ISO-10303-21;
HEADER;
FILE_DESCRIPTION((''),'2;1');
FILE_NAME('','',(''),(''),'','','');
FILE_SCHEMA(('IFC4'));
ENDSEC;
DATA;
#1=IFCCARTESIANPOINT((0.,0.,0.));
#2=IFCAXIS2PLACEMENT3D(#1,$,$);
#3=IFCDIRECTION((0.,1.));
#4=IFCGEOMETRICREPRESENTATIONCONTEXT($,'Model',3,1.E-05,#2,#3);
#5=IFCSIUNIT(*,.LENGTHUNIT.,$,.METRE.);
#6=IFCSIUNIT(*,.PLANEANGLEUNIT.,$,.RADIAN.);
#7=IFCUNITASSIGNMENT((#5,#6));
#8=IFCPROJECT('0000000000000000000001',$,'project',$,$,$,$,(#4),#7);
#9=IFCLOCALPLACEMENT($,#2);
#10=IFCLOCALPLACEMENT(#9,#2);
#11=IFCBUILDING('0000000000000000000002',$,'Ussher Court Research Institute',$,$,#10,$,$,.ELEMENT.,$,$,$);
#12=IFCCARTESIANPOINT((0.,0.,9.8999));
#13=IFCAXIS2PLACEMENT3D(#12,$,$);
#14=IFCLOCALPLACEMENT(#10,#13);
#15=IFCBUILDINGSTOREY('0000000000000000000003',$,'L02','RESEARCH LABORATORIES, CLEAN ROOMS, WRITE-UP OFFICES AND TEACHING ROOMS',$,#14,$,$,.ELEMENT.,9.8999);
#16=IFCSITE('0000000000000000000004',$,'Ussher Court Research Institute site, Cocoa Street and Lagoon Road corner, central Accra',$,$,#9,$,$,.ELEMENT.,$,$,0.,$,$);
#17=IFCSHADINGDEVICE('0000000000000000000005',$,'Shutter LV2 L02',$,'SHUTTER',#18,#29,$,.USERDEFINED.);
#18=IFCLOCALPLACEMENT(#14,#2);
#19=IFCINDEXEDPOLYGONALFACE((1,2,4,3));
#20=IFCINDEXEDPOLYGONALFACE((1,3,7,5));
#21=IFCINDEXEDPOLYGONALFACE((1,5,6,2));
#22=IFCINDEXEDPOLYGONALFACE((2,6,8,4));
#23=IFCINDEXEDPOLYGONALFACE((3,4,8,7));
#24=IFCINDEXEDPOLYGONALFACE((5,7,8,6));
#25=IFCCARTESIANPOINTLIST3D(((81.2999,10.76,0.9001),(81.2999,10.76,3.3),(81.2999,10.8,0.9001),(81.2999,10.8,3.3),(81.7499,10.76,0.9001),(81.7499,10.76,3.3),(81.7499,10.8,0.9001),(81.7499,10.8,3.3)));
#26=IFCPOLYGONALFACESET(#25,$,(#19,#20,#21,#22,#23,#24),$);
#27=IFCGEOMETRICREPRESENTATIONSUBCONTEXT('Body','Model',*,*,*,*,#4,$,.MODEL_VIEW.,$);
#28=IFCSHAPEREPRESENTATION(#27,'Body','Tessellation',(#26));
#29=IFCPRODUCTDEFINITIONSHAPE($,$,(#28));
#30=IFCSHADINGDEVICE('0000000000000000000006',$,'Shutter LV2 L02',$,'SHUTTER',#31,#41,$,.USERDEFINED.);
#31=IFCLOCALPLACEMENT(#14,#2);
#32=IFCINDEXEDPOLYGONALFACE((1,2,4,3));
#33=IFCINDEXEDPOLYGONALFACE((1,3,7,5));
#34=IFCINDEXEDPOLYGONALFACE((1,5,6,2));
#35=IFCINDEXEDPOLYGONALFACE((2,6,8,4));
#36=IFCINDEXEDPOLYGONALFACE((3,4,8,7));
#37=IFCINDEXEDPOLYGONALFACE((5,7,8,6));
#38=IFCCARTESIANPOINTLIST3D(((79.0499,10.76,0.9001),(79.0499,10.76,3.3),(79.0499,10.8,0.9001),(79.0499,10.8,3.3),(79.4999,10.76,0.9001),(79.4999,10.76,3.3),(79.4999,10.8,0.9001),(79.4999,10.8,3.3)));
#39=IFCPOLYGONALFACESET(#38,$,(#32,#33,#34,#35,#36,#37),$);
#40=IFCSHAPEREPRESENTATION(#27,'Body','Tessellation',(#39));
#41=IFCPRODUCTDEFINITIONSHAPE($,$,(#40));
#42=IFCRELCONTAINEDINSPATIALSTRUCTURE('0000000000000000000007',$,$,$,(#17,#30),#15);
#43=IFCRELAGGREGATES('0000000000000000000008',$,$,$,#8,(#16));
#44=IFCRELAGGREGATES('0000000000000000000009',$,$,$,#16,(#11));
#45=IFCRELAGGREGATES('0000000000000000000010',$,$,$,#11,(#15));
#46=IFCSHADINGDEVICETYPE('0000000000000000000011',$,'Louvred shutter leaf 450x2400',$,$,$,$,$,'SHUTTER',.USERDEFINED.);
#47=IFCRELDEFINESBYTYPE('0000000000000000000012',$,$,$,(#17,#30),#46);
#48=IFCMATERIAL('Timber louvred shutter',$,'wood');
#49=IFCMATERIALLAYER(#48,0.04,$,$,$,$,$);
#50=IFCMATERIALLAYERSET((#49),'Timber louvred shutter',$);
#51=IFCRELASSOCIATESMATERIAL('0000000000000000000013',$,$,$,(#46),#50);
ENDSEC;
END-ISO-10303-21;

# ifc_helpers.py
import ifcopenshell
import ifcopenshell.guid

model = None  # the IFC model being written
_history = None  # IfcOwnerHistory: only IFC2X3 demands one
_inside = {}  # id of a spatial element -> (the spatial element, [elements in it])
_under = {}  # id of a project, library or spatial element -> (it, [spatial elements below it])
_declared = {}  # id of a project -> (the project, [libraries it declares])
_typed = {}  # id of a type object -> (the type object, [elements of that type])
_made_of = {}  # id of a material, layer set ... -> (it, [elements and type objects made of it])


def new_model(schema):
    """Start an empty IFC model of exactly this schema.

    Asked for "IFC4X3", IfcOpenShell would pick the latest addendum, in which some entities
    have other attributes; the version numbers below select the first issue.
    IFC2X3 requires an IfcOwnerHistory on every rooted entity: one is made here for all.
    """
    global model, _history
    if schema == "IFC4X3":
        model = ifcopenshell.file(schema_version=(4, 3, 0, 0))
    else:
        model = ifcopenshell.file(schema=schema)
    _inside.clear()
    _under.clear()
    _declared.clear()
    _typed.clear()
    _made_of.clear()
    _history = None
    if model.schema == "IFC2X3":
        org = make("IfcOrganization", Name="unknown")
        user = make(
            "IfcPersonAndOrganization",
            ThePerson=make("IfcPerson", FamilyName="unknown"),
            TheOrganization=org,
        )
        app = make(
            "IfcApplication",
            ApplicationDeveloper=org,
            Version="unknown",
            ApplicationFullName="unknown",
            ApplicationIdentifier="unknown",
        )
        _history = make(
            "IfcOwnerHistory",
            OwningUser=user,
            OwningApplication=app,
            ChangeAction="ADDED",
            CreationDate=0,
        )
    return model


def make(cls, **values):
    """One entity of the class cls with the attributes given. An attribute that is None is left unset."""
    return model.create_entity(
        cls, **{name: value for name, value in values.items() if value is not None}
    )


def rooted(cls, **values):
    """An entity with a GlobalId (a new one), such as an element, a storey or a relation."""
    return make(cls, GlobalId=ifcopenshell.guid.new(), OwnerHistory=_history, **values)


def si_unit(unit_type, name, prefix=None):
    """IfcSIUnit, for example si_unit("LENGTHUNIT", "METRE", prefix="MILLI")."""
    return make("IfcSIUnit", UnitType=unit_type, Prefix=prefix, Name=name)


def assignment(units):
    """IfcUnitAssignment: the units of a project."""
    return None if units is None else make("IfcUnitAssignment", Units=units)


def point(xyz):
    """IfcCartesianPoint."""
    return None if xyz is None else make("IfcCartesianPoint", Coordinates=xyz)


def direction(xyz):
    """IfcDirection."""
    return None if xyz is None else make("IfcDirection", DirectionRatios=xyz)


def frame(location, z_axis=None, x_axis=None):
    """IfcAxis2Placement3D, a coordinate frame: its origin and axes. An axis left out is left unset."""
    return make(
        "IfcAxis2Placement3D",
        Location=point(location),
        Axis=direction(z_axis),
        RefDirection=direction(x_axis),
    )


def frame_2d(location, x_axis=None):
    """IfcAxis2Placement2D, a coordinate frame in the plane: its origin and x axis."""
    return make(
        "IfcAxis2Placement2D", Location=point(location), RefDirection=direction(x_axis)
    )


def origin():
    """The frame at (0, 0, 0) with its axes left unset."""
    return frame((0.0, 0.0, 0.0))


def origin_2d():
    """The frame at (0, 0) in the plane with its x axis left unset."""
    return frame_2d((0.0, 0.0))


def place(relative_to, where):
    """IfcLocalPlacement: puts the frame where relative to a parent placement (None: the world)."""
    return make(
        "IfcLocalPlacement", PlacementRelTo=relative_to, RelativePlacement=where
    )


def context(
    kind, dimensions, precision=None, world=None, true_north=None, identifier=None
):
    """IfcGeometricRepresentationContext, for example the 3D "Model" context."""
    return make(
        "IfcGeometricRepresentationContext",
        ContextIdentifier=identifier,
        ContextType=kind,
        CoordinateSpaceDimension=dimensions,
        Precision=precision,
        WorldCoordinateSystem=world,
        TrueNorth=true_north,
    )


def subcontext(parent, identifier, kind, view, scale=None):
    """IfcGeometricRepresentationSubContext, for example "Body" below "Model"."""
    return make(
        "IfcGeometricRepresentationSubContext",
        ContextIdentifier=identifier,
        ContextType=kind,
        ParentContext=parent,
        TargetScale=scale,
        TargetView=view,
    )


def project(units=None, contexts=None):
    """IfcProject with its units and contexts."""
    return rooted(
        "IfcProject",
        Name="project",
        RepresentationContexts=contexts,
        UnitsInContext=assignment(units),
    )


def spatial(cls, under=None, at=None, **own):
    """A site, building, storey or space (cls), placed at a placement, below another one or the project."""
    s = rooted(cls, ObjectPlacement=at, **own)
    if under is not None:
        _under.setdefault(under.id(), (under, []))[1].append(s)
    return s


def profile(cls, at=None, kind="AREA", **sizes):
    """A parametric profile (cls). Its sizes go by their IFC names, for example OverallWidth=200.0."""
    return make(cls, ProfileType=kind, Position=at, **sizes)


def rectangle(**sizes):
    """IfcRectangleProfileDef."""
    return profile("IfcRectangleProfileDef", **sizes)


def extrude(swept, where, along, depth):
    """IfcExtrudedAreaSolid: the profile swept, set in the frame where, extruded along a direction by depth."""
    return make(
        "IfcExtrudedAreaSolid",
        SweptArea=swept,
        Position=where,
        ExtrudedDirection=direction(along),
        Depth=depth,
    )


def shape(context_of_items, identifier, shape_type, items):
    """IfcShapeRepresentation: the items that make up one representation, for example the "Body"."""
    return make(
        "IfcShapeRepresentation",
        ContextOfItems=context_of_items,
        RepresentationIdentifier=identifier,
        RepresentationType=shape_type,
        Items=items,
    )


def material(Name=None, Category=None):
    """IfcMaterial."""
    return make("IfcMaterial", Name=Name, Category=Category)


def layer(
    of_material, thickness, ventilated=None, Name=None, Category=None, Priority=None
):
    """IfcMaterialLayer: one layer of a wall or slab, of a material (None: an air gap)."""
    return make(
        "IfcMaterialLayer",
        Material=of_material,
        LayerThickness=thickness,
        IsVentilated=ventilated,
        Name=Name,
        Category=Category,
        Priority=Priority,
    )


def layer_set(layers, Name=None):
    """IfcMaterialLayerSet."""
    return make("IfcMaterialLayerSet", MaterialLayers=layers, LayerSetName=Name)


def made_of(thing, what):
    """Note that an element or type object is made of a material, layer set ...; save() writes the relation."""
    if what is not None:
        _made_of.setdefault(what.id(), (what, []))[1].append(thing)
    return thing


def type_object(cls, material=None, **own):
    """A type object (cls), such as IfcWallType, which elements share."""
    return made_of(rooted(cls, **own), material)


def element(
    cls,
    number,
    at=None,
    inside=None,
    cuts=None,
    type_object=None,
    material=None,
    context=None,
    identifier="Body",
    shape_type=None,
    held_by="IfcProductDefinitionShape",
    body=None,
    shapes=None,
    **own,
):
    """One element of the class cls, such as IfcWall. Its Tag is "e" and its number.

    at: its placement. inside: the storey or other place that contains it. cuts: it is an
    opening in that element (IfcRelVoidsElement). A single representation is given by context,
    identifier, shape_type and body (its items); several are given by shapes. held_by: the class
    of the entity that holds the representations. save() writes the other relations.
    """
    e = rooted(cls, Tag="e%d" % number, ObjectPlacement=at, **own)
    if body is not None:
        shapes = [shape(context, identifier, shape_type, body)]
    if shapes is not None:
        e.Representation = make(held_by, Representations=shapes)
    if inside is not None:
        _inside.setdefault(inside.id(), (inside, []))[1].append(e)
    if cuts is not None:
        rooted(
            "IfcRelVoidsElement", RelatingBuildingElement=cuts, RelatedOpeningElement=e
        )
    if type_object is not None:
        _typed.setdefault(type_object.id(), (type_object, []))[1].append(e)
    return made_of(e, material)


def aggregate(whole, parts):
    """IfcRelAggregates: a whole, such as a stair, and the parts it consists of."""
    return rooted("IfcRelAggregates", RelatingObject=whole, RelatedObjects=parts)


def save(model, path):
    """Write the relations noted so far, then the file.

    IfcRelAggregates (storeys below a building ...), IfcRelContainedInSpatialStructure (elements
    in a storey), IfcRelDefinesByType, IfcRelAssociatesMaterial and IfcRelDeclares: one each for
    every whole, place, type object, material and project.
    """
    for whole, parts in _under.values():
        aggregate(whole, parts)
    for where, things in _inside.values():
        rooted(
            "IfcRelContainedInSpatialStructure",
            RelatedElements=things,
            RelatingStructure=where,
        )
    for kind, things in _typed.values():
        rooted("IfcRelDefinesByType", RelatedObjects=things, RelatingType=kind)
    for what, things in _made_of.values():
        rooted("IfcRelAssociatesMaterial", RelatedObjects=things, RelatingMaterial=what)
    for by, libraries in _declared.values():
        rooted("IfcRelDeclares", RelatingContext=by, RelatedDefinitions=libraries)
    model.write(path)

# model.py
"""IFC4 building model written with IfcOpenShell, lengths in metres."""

from ifc_helpers import new_model, si_unit, direction, frame, origin, origin_2d, place, context, subcontext, project, spatial, rectangle, extrude, material, layer, layer_set, type_object, element, save


model = new_model("IFC4")

# Units and contexts
model_context = context("Model", 3, precision=1e-05, world=origin(), true_north=direction((0.0, 1.0)))
body_context = subcontext(model_context, "Body", "Model", "MODEL_VIEW")
ifc_project = project(units=[si_unit("LENGTHUNIT", "METRE"), si_unit("PLANEANGLEUNIT", "RADIAN")], contexts=[model_context])

# Site, building, storey
site_placement = place(None, origin())
site = spatial("IfcSite", under=ifc_project, at=site_placement, Name="Ussher Court Research Institute site, Cocoa Street and Lagoon Road corner, central Accra", CompositionType="ELEMENT", RefElevation=0.0)
building_placement = place(site_placement, origin())
building = spatial("IfcBuilding", under=site, at=building_placement, Name="Ussher Court Research Institute", CompositionType="ELEMENT")
storey_placement = place(building_placement, frame((0.0, 0.0, 9.8999)))
storey = spatial("IfcBuildingStorey", under=building, at=storey_placement, Name="L02", Description="RESEARCH LABORATORIES, CLEAN ROOMS, WRITE-UP OFFICES AND TEACHING ROOMS", CompositionType="ELEMENT", Elevation=9.8999)

# Shading devices
ifc_material_1 = material(Name="Timber louvred shutter", Category="wood")
ifc_layer_1 = layer(ifc_material_1, 0.04)
ifc_layer_set_1 = layer_set([ifc_layer_1], Name="Timber louvred shutter")
shading_device_type_1 = type_object("IfcShadingDeviceType", Name="Louvred shutter leaf 450x2400", ElementType="SHUTTER", PredefinedType="USERDEFINED", material=ifc_layer_set_1)
for number, where, z_axis, x_axis, name in (
    (1, (81.5249, 10.78, 0.9001), (0.0, 0.0, 1.0), (-1.0, 0.0, 0.0), "Shutter LV2 L02"),
    (2, (79.2749, 10.78, 0.9001), (0.0, 0.0, 1.0), (-1.0, 0.0, 0.0), "Shutter LV2 L02"),
):
    element("IfcShadingDevice", number, at=place(storey_placement, frame(where, z_axis=z_axis, x_axis=x_axis)), inside=storey, type_object=shading_device_type_1, Name=name, ObjectType="SHUTTER", PredefinedType="USERDEFINED", context=body_context, shape_type="SweptSolid", body=[
        extrude(rectangle(XDim=0.45, YDim=0.04, at=origin_2d()), origin(), (0.0, 0.0, 1.0), 2.3999),
    ])

save(model, "model.ifc")
